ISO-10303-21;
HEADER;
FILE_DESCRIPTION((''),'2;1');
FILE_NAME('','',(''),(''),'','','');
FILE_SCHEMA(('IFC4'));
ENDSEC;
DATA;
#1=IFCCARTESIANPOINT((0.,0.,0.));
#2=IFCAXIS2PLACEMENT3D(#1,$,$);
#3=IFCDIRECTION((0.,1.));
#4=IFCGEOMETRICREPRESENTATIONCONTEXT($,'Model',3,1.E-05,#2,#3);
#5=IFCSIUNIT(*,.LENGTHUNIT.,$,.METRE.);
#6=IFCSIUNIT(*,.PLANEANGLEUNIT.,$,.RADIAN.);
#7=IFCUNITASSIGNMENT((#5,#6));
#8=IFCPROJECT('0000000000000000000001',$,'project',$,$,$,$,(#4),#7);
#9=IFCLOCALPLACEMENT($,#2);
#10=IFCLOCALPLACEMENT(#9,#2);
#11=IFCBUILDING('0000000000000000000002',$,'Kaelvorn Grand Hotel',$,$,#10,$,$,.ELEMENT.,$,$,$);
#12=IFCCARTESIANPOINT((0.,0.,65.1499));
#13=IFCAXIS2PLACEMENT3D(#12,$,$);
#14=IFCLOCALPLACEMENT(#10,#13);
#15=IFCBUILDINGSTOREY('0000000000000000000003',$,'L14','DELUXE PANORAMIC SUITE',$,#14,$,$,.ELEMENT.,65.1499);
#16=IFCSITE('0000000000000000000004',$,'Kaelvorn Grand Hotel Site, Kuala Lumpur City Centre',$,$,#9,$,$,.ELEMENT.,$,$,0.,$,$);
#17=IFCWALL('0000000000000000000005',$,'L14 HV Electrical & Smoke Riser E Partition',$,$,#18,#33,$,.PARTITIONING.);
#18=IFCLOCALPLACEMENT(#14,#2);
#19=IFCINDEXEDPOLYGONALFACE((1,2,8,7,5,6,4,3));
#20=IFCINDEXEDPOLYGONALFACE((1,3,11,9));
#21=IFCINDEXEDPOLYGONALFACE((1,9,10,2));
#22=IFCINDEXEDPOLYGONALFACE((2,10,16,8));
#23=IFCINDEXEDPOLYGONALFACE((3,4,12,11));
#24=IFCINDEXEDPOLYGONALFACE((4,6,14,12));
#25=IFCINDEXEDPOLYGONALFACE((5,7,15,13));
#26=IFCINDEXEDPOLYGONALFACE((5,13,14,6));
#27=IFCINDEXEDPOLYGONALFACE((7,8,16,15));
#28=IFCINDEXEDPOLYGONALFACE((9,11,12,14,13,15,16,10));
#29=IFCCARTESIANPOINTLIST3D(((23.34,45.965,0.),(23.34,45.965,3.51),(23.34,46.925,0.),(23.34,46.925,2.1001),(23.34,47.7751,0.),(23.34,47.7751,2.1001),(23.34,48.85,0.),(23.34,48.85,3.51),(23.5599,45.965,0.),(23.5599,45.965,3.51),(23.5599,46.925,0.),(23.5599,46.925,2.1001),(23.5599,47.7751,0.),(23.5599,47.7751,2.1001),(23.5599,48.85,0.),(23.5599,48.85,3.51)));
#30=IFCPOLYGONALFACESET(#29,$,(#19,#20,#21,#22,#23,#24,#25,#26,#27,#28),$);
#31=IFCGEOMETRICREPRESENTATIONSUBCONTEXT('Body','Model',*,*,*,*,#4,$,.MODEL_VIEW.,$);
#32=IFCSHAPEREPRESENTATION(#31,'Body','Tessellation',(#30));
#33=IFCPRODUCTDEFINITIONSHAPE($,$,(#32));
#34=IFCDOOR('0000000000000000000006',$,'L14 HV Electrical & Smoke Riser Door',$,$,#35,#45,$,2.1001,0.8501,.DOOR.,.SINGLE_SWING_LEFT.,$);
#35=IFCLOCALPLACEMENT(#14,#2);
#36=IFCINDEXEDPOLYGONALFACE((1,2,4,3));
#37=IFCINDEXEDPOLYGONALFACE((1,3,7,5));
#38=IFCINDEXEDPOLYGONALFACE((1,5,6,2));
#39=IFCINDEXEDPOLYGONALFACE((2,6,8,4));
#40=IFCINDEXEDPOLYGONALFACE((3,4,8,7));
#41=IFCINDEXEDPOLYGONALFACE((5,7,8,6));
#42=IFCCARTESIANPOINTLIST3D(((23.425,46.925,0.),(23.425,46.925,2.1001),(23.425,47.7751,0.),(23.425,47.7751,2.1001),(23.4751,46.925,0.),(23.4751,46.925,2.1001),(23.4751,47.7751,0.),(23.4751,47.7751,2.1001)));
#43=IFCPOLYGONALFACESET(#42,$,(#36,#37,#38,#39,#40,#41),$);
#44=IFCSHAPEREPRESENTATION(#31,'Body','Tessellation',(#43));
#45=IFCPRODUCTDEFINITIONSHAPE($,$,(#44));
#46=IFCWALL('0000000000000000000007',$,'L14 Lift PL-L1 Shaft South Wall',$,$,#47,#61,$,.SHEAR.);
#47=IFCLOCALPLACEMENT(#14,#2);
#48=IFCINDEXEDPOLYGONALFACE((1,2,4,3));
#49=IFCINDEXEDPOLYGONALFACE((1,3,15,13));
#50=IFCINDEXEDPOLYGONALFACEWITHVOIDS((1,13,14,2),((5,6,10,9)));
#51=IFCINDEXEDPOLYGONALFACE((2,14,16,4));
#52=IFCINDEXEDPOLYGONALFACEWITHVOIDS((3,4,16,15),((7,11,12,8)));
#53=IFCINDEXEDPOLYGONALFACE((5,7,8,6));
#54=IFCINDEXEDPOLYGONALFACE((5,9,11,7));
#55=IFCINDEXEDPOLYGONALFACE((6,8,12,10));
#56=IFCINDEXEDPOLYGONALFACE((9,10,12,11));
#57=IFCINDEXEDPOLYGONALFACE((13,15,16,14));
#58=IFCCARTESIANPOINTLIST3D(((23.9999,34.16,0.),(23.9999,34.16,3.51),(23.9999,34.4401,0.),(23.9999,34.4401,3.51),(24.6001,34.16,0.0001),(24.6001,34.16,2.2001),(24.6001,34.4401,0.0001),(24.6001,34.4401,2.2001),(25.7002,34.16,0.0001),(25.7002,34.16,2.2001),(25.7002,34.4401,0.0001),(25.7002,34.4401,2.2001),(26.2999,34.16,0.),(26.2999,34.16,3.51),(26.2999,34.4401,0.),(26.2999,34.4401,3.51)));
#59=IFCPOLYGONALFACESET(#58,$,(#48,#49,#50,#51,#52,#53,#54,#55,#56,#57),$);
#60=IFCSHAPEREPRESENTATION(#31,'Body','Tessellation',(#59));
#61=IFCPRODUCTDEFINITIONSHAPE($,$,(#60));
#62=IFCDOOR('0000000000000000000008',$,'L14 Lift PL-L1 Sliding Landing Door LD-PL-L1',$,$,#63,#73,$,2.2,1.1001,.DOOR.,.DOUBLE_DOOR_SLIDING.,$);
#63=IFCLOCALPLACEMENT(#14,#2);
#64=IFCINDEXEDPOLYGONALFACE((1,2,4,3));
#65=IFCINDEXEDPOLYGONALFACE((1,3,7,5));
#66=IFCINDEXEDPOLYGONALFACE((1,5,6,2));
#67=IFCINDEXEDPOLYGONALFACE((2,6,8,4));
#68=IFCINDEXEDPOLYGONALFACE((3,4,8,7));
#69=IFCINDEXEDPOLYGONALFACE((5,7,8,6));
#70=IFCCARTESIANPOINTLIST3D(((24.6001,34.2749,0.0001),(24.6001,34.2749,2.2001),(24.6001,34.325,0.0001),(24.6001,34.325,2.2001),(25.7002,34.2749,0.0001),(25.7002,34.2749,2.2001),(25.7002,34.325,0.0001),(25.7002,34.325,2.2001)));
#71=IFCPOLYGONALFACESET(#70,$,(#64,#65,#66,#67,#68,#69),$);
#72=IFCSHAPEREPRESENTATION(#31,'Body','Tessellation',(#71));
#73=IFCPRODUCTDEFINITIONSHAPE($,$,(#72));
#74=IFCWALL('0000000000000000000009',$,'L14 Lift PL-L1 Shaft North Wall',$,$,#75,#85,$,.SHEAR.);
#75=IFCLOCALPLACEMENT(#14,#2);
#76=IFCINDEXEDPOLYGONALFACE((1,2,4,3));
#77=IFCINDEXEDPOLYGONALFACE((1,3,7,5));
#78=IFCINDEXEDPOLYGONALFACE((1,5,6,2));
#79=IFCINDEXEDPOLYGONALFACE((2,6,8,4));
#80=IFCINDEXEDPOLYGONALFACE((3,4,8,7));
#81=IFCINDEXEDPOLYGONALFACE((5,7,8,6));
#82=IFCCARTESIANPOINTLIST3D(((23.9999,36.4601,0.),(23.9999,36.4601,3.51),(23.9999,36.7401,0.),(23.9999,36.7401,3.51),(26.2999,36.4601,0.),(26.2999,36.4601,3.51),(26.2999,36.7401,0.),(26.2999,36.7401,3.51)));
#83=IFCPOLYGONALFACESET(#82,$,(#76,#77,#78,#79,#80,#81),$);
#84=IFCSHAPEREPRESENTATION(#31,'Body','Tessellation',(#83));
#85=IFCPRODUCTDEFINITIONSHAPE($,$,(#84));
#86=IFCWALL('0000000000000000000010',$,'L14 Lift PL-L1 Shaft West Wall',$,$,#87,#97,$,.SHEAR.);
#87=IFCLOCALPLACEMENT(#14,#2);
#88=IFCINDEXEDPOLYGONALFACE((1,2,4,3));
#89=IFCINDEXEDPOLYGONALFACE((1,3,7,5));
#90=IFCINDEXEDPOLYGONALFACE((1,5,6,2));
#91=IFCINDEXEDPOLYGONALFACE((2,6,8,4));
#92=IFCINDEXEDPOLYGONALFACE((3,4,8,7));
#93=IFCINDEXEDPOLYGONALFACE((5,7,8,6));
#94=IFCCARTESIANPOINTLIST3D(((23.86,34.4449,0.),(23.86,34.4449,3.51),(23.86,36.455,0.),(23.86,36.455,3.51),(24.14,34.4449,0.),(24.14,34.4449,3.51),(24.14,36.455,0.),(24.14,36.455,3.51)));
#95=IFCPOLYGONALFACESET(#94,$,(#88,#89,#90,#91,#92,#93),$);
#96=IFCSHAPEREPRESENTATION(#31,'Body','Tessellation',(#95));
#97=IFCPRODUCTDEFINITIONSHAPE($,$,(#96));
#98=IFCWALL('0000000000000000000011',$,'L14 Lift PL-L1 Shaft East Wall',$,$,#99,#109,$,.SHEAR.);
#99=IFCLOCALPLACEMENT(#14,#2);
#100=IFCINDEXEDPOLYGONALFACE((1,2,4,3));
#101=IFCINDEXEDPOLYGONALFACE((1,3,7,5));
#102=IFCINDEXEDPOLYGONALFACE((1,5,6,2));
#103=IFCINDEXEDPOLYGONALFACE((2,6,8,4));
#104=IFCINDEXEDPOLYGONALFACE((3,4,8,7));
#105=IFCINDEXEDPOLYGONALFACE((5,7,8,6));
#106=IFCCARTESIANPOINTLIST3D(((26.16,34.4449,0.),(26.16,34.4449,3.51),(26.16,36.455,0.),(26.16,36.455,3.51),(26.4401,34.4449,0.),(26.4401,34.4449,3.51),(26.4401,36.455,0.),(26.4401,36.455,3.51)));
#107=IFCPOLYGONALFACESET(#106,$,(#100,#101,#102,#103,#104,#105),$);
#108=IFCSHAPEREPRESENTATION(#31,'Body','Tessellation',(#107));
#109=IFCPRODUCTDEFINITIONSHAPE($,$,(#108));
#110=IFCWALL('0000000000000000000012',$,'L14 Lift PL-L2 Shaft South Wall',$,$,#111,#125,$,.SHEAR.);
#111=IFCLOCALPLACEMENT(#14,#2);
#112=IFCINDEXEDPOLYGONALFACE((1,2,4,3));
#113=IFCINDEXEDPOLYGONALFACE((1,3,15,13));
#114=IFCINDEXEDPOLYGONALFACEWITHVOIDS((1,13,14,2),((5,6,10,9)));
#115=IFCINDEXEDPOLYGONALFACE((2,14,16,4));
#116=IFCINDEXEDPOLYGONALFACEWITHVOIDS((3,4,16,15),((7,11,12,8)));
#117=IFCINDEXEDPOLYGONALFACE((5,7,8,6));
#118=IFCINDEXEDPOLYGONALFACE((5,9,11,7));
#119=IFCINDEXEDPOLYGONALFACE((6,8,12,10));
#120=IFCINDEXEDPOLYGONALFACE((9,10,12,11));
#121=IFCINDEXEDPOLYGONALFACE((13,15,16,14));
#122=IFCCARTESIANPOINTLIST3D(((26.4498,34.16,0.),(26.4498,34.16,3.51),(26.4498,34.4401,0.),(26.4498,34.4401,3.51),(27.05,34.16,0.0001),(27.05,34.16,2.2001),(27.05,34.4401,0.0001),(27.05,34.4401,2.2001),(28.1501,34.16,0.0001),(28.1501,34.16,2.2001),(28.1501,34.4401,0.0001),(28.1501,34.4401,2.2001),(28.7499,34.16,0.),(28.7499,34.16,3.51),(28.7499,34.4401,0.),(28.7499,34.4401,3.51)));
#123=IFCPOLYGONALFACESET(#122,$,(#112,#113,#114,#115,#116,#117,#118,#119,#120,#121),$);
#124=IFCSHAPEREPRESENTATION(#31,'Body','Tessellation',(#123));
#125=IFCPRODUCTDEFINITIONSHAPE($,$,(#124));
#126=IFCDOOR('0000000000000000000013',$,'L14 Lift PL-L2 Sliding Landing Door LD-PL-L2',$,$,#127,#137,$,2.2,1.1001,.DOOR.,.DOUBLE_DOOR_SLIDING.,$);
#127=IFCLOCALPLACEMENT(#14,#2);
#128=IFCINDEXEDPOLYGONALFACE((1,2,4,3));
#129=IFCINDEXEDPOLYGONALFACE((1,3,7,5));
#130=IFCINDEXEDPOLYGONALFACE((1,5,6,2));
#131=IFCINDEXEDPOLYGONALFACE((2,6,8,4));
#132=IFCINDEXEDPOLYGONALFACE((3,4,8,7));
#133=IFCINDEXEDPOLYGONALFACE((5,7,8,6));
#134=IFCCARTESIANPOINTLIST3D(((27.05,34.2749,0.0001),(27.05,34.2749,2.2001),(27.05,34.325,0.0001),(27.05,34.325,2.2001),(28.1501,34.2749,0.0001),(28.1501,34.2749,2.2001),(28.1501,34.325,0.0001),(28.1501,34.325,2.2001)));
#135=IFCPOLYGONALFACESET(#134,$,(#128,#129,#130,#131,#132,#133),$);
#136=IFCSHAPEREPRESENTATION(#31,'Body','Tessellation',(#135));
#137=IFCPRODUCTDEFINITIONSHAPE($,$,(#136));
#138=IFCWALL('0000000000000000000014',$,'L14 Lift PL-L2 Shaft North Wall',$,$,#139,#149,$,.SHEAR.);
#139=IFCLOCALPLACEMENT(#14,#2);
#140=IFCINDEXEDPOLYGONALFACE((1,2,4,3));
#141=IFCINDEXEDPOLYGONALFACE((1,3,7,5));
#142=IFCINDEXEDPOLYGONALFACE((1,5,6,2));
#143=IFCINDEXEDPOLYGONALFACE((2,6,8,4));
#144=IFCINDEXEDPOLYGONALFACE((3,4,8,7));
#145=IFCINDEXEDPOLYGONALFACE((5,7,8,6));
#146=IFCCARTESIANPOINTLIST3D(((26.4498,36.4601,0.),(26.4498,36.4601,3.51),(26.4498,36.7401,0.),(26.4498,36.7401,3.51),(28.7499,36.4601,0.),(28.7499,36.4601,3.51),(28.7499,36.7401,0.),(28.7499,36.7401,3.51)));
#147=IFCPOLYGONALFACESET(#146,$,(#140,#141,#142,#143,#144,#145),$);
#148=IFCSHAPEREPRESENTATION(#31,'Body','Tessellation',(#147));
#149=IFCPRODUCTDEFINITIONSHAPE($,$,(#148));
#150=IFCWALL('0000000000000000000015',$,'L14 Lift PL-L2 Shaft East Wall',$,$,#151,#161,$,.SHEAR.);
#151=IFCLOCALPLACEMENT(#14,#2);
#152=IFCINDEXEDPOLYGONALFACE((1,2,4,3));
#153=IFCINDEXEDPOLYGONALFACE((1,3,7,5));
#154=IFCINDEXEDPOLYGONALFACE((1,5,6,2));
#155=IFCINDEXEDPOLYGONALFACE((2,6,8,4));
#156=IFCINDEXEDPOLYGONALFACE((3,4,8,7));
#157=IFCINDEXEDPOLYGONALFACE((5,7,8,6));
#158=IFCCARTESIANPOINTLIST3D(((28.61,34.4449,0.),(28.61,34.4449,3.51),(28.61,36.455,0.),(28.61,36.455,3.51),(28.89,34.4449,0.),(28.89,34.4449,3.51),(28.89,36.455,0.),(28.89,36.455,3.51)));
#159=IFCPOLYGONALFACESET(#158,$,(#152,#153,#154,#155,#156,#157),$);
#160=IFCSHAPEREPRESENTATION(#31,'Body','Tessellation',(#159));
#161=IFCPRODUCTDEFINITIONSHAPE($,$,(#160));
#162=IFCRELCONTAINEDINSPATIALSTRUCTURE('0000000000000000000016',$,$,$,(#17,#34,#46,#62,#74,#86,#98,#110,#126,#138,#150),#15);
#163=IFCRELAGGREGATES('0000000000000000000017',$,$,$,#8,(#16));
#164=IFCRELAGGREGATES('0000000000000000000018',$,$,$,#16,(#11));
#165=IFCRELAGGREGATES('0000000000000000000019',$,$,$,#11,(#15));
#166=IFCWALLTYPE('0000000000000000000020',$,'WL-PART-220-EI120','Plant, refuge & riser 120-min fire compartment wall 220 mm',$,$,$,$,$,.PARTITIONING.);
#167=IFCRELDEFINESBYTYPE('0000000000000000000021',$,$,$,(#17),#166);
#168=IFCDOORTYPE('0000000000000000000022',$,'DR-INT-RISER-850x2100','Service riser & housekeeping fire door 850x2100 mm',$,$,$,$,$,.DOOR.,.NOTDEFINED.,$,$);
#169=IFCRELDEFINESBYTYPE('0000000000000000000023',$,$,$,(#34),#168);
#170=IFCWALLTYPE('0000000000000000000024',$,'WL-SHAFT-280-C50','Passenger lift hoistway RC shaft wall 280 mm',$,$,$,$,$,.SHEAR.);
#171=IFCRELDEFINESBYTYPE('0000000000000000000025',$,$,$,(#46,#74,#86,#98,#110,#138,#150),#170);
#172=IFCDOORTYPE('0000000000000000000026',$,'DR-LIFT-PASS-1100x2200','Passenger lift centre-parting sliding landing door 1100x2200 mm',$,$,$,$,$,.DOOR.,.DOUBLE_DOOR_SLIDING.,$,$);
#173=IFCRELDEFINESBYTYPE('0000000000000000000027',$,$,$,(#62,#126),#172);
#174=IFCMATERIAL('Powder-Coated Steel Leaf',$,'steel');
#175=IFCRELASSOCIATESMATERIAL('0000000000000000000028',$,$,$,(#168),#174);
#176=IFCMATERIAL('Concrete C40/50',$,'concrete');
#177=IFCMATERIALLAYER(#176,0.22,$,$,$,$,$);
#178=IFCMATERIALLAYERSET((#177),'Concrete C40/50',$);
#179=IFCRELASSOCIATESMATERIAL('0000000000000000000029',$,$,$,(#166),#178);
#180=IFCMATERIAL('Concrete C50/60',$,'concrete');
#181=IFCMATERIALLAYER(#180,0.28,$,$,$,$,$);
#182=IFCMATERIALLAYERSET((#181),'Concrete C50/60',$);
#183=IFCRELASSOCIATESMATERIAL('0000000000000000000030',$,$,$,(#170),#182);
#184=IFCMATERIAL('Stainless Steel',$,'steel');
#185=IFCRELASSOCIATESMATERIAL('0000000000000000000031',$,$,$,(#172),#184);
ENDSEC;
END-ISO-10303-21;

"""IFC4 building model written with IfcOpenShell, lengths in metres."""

from ifc_helpers import new_model, si_unit, direction, frame, frame_2d, origin, place, context, subcontext, project, spatial, rectangle, extrude, material, layer, layer_set, type_object, element, fill, save


model = new_model("IFC4")

# Units and contexts
model_context = context("Model", 3, precision=1e-05, world=origin(), true_north=direction((0.0, 1.0)))
body_context = subcontext(model_context, "Body", "Model", "MODEL_VIEW")
ifc_project = project(units=[si_unit("LENGTHUNIT", "METRE"), si_unit("PLANEANGLEUNIT", "RADIAN")], contexts=[model_context])

# Site, building, storey
site_placement = place(None, origin())
site = spatial("IfcSite", under=ifc_project, at=site_placement, Name="Kaelvorn Grand Hotel Site, Kuala Lumpur City Centre", CompositionType="ELEMENT", RefElevation=0.0)
building_placement = place(site_placement, origin())
building = spatial("IfcBuilding", under=site, at=building_placement, Name="Kaelvorn Grand Hotel", CompositionType="ELEMENT")
storey_placement = place(building_placement, frame((0.0, 0.0, 65.1499)))
storey = spatial("IfcBuildingStorey", under=building, at=storey_placement, Name="L14", Description="DELUXE PANORAMIC SUITE", CompositionType="ELEMENT", Elevation=65.1499)

# Shared definitions
ifc_material_1 = material(Name="Powder-Coated Steel Leaf", Category="steel")
door_type_1 = type_object("IfcDoorType", Name="DR-INT-RISER-850x2100", Description="Service riser & housekeeping fire door 850x2100 mm", OperationType="NOTDEFINED", PredefinedType="DOOR", material=ifc_material_1)

# Shared definitions
ifc_material_2 = material(Name="Concrete C40/50", Category="concrete")
ifc_layer_1 = layer(ifc_material_2, 0.22)
ifc_layer_set_1 = layer_set([ifc_layer_1], Name="Concrete C40/50")
wall_type_1 = type_object("IfcWallType", Name="WL-PART-220-EI120", Description="Plant, refuge & riser 120-min fire compartment wall 220 mm", PredefinedType="PARTITIONING", material=ifc_layer_set_1)

# Walls, openings, doors
wall_1_placement = place(storey_placement, frame((23.45, 45.9651, 0.0), z_axis=(0.0, 0.0, 1.0), x_axis=(0.0, 1.0, 0.0)))
wall_1 = element("IfcWall", 1, at=wall_1_placement, inside=storey, type_object=wall_type_1, Name="L14 HV Electrical & Smoke Riser E Partition", PredefinedType="PARTITIONING", context=body_context, shape_type="SweptSolid", body=[
    extrude(rectangle(XDim=2.885, YDim=0.22, at=frame_2d((1.4424, 0.0))), origin(), (0.0, 0.0, 1.0), 3.51),
])
opening_1_placement = place(wall_1_placement, frame((0.96, 0.0, 0.0)))
opening_1 = element("IfcOpeningElement", 2, at=opening_1_placement, cuts=wall_1, PredefinedType="OPENING", context=body_context, shape_type="SweptSolid", body=[
    extrude(rectangle(XDim=0.8501, YDim=2.1001, at=frame_2d((0.425, 1.05))), frame((0.0, 0.1201, 0.0), z_axis=(0.0, -1.0, 0.0), x_axis=(1.0, 0.0, 0.0)), (0.0, 0.0, 1.0), 0.24),
])
door_1_placement = place(opening_1_placement, origin())
door_1 = element("IfcDoor", 3, at=door_1_placement, inside=storey, type_object=door_type_1, Name="L14 HV Electrical & Smoke Riser Door", OperationType="SINGLE_SWING_LEFT", OverallHeight=2.1001, OverallWidth=0.8501, PredefinedType="DOOR", context=body_context, shape_type="SweptSolid", body=[
    extrude(rectangle(XDim=0.8501, YDim=2.1001, at=frame_2d((0.425, 1.05))), frame((0.0, 0.0249, 0.0), z_axis=(0.0, -1.0, 0.0), x_axis=(1.0, 0.0, 0.0)), (0.0, 0.0, 1.0), 0.05),
])
fill(opening_1, door_1)
ifc_material_3 = material(Name="Concrete C50/60", Category="concrete")
ifc_layer_2 = layer(ifc_material_3, 0.28)
ifc_layer_set_2 = layer_set([ifc_layer_2], Name="Concrete C50/60")
wall_type_2 = type_object("IfcWallType", Name="WL-SHAFT-280-C50", Description="Passenger lift hoistway RC shaft wall 280 mm", PredefinedType="SHEAR", material=ifc_layer_set_2)
wall_2_placement = place(storey_placement, frame((24.0, 34.3, 0.0), z_axis=(0.0, 0.0, 1.0), x_axis=(1.0, 0.0, 0.0)))
wall_2 = element("IfcWall", 4, at=wall_2_placement, inside=storey, type_object=wall_type_2, Name="L14 Lift PL-L1 Shaft South Wall", PredefinedType="SHEAR", context=body_context, shape_type="SweptSolid", body=[
    extrude(rectangle(XDim=2.3, YDim=0.28, at=frame_2d((1.1499, 0.0))), origin(), (0.0, 0.0, 1.0), 3.51),
])
opening_2_placement = place(wall_2_placement, frame((0.6001, 0.0, 0.0)))
opening_2 = element("IfcOpeningElement", 5, at=opening_2_placement, cuts=wall_2, PredefinedType="OPENING", context=body_context, shape_type="SweptSolid", body=[
    extrude(rectangle(XDim=1.1001, YDim=2.2, at=frame_2d((0.55, 1.1001))), frame((0.0, 0.1499, 0.0), z_axis=(0.0, -1.0, 0.0), x_axis=(1.0, 0.0, 0.0)), (0.0, 0.0, 1.0), 0.3),
])
ifc_material_4 = material(Name="Stainless Steel", Category="steel")
door_type_2 = type_object("IfcDoorType", Name="DR-LIFT-PASS-1100x2200", Description="Passenger lift centre-parting sliding landing door 1100x2200 mm", OperationType="DOUBLE_DOOR_SLIDING", PredefinedType="DOOR", material=ifc_material_4)
door_2_placement = place(opening_2_placement, origin())
door_2 = element("IfcDoor", 6, at=door_2_placement, inside=storey, type_object=door_type_2, Name="L14 Lift PL-L1 Sliding Landing Door LD-PL-L1", OperationType="DOUBLE_DOOR_SLIDING", OverallHeight=2.2, OverallWidth=1.1001, PredefinedType="DOOR", context=body_context, shape_type="SweptSolid", body=[
    extrude(rectangle(XDim=1.1001, YDim=2.2, at=frame_2d((0.55, 1.1001))), frame((0.0, 0.0249, 0.0), z_axis=(0.0, -1.0, 0.0), x_axis=(1.0, 0.0, 0.0)), (0.0, 0.0, 1.0), 0.05),
])
fill(opening_2, door_2)

# Walls
wall_3_placement = place(storey_placement, frame((24.0, 36.6001, 0.0), z_axis=(0.0, 0.0, 1.0), x_axis=(1.0, 0.0, 0.0)))
element("IfcWall", 7, at=wall_3_placement, inside=storey, type_object=wall_type_2, Name="L14 Lift PL-L1 Shaft North Wall", PredefinedType="SHEAR", context=body_context, shape_type="SweptSolid", body=[
    extrude(rectangle(XDim=2.3, YDim=0.28, at=frame_2d((1.1499, 0.0))), origin(), (0.0, 0.0, 1.0), 3.51),
])
for number, where, z_axis, x_axis, name in (
    (8, (24.0, 34.4451, 0.0), (0.0, 0.0, 1.0), (0.0, 1.0, 0.0), "L14 Lift PL-L1 Shaft West Wall"),
    (9, (26.3, 34.4451, 0.0), (0.0, 0.0, 1.0), (0.0, 1.0, 0.0), "L14 Lift PL-L1 Shaft East Wall"),
):
    element("IfcWall", number, at=place(storey_placement, frame(where, z_axis=z_axis, x_axis=x_axis)), inside=storey, type_object=wall_type_2, Name=name, PredefinedType="SHEAR", context=body_context, shape_type="SweptSolid", body=[
        extrude(rectangle(XDim=2.01, YDim=0.28, at=frame_2d((1.0049, 0.0))), origin(), (0.0, 0.0, 1.0), 3.51),
    ])

# Wall, opening, door
wall_4_placement = place(storey_placement, frame((26.45, 34.3, 0.0), z_axis=(0.0, 0.0, 1.0), x_axis=(1.0, 0.0, 0.0)))
wall_4 = element("IfcWall", 10, at=wall_4_placement, inside=storey, type_object=wall_type_2, Name="L14 Lift PL-L2 Shaft South Wall", PredefinedType="SHEAR", context=body_context, shape_type="SweptSolid", body=[
    extrude(rectangle(XDim=2.3, YDim=0.28, at=frame_2d((1.1499, 0.0))), origin(), (0.0, 0.0, 1.0), 3.51),
])
opening_3_placement = place(wall_4_placement, frame((0.6001, 0.0, 0.0)))
opening_3 = element("IfcOpeningElement", 11, at=opening_3_placement, cuts=wall_4, PredefinedType="OPENING", context=body_context, shape_type="SweptSolid", body=[
    extrude(rectangle(XDim=1.1001, YDim=2.2, at=frame_2d((0.55, 1.1001))), frame((0.0, 0.1499, 0.0), z_axis=(0.0, -1.0, 0.0), x_axis=(1.0, 0.0, 0.0)), (0.0, 0.0, 1.0), 0.3),
])
door_3_placement = place(opening_3_placement, origin())
door_3 = element("IfcDoor", 12, at=door_3_placement, inside=storey, type_object=door_type_2, Name="L14 Lift PL-L2 Sliding Landing Door LD-PL-L2", OperationType="DOUBLE_DOOR_SLIDING", OverallHeight=2.2, OverallWidth=1.1001, PredefinedType="DOOR", context=body_context, shape_type="SweptSolid", body=[
    extrude(rectangle(XDim=1.1001, YDim=2.2, at=frame_2d((0.55, 1.1001))), frame((0.0, 0.0249, 0.0), z_axis=(0.0, -1.0, 0.0), x_axis=(1.0, 0.0, 0.0)), (0.0, 0.0, 1.0), 0.05),
])
fill(opening_3, door_3)

# Walls
wall_5_placement = place(storey_placement, frame((26.45, 36.6001, 0.0), z_axis=(0.0, 0.0, 1.0), x_axis=(1.0, 0.0, 0.0)))
element("IfcWall", 13, at=wall_5_placement, inside=storey, type_object=wall_type_2, Name="L14 Lift PL-L2 Shaft North Wall", PredefinedType="SHEAR", context=body_context, shape_type="SweptSolid", body=[
    extrude(rectangle(XDim=2.3, YDim=0.28, at=frame_2d((1.1499, 0.0))), origin(), (0.0, 0.0, 1.0), 3.51),
])
wall_6_placement = place(storey_placement, frame((28.75, 34.4451, 0.0), z_axis=(0.0, 0.0, 1.0), x_axis=(0.0, 1.0, 0.0)))
element("IfcWall", 14, at=wall_6_placement, inside=storey, type_object=wall_type_2, Name="L14 Lift PL-L2 Shaft East Wall", PredefinedType="SHEAR", context=body_context, shape_type="SweptSolid", body=[
    extrude(rectangle(XDim=2.01, YDim=0.28, at=frame_2d((1.0049, 0.0))), origin(), (0.0, 0.0, 1.0), 3.51),
])

save(model, "model.ifc")
